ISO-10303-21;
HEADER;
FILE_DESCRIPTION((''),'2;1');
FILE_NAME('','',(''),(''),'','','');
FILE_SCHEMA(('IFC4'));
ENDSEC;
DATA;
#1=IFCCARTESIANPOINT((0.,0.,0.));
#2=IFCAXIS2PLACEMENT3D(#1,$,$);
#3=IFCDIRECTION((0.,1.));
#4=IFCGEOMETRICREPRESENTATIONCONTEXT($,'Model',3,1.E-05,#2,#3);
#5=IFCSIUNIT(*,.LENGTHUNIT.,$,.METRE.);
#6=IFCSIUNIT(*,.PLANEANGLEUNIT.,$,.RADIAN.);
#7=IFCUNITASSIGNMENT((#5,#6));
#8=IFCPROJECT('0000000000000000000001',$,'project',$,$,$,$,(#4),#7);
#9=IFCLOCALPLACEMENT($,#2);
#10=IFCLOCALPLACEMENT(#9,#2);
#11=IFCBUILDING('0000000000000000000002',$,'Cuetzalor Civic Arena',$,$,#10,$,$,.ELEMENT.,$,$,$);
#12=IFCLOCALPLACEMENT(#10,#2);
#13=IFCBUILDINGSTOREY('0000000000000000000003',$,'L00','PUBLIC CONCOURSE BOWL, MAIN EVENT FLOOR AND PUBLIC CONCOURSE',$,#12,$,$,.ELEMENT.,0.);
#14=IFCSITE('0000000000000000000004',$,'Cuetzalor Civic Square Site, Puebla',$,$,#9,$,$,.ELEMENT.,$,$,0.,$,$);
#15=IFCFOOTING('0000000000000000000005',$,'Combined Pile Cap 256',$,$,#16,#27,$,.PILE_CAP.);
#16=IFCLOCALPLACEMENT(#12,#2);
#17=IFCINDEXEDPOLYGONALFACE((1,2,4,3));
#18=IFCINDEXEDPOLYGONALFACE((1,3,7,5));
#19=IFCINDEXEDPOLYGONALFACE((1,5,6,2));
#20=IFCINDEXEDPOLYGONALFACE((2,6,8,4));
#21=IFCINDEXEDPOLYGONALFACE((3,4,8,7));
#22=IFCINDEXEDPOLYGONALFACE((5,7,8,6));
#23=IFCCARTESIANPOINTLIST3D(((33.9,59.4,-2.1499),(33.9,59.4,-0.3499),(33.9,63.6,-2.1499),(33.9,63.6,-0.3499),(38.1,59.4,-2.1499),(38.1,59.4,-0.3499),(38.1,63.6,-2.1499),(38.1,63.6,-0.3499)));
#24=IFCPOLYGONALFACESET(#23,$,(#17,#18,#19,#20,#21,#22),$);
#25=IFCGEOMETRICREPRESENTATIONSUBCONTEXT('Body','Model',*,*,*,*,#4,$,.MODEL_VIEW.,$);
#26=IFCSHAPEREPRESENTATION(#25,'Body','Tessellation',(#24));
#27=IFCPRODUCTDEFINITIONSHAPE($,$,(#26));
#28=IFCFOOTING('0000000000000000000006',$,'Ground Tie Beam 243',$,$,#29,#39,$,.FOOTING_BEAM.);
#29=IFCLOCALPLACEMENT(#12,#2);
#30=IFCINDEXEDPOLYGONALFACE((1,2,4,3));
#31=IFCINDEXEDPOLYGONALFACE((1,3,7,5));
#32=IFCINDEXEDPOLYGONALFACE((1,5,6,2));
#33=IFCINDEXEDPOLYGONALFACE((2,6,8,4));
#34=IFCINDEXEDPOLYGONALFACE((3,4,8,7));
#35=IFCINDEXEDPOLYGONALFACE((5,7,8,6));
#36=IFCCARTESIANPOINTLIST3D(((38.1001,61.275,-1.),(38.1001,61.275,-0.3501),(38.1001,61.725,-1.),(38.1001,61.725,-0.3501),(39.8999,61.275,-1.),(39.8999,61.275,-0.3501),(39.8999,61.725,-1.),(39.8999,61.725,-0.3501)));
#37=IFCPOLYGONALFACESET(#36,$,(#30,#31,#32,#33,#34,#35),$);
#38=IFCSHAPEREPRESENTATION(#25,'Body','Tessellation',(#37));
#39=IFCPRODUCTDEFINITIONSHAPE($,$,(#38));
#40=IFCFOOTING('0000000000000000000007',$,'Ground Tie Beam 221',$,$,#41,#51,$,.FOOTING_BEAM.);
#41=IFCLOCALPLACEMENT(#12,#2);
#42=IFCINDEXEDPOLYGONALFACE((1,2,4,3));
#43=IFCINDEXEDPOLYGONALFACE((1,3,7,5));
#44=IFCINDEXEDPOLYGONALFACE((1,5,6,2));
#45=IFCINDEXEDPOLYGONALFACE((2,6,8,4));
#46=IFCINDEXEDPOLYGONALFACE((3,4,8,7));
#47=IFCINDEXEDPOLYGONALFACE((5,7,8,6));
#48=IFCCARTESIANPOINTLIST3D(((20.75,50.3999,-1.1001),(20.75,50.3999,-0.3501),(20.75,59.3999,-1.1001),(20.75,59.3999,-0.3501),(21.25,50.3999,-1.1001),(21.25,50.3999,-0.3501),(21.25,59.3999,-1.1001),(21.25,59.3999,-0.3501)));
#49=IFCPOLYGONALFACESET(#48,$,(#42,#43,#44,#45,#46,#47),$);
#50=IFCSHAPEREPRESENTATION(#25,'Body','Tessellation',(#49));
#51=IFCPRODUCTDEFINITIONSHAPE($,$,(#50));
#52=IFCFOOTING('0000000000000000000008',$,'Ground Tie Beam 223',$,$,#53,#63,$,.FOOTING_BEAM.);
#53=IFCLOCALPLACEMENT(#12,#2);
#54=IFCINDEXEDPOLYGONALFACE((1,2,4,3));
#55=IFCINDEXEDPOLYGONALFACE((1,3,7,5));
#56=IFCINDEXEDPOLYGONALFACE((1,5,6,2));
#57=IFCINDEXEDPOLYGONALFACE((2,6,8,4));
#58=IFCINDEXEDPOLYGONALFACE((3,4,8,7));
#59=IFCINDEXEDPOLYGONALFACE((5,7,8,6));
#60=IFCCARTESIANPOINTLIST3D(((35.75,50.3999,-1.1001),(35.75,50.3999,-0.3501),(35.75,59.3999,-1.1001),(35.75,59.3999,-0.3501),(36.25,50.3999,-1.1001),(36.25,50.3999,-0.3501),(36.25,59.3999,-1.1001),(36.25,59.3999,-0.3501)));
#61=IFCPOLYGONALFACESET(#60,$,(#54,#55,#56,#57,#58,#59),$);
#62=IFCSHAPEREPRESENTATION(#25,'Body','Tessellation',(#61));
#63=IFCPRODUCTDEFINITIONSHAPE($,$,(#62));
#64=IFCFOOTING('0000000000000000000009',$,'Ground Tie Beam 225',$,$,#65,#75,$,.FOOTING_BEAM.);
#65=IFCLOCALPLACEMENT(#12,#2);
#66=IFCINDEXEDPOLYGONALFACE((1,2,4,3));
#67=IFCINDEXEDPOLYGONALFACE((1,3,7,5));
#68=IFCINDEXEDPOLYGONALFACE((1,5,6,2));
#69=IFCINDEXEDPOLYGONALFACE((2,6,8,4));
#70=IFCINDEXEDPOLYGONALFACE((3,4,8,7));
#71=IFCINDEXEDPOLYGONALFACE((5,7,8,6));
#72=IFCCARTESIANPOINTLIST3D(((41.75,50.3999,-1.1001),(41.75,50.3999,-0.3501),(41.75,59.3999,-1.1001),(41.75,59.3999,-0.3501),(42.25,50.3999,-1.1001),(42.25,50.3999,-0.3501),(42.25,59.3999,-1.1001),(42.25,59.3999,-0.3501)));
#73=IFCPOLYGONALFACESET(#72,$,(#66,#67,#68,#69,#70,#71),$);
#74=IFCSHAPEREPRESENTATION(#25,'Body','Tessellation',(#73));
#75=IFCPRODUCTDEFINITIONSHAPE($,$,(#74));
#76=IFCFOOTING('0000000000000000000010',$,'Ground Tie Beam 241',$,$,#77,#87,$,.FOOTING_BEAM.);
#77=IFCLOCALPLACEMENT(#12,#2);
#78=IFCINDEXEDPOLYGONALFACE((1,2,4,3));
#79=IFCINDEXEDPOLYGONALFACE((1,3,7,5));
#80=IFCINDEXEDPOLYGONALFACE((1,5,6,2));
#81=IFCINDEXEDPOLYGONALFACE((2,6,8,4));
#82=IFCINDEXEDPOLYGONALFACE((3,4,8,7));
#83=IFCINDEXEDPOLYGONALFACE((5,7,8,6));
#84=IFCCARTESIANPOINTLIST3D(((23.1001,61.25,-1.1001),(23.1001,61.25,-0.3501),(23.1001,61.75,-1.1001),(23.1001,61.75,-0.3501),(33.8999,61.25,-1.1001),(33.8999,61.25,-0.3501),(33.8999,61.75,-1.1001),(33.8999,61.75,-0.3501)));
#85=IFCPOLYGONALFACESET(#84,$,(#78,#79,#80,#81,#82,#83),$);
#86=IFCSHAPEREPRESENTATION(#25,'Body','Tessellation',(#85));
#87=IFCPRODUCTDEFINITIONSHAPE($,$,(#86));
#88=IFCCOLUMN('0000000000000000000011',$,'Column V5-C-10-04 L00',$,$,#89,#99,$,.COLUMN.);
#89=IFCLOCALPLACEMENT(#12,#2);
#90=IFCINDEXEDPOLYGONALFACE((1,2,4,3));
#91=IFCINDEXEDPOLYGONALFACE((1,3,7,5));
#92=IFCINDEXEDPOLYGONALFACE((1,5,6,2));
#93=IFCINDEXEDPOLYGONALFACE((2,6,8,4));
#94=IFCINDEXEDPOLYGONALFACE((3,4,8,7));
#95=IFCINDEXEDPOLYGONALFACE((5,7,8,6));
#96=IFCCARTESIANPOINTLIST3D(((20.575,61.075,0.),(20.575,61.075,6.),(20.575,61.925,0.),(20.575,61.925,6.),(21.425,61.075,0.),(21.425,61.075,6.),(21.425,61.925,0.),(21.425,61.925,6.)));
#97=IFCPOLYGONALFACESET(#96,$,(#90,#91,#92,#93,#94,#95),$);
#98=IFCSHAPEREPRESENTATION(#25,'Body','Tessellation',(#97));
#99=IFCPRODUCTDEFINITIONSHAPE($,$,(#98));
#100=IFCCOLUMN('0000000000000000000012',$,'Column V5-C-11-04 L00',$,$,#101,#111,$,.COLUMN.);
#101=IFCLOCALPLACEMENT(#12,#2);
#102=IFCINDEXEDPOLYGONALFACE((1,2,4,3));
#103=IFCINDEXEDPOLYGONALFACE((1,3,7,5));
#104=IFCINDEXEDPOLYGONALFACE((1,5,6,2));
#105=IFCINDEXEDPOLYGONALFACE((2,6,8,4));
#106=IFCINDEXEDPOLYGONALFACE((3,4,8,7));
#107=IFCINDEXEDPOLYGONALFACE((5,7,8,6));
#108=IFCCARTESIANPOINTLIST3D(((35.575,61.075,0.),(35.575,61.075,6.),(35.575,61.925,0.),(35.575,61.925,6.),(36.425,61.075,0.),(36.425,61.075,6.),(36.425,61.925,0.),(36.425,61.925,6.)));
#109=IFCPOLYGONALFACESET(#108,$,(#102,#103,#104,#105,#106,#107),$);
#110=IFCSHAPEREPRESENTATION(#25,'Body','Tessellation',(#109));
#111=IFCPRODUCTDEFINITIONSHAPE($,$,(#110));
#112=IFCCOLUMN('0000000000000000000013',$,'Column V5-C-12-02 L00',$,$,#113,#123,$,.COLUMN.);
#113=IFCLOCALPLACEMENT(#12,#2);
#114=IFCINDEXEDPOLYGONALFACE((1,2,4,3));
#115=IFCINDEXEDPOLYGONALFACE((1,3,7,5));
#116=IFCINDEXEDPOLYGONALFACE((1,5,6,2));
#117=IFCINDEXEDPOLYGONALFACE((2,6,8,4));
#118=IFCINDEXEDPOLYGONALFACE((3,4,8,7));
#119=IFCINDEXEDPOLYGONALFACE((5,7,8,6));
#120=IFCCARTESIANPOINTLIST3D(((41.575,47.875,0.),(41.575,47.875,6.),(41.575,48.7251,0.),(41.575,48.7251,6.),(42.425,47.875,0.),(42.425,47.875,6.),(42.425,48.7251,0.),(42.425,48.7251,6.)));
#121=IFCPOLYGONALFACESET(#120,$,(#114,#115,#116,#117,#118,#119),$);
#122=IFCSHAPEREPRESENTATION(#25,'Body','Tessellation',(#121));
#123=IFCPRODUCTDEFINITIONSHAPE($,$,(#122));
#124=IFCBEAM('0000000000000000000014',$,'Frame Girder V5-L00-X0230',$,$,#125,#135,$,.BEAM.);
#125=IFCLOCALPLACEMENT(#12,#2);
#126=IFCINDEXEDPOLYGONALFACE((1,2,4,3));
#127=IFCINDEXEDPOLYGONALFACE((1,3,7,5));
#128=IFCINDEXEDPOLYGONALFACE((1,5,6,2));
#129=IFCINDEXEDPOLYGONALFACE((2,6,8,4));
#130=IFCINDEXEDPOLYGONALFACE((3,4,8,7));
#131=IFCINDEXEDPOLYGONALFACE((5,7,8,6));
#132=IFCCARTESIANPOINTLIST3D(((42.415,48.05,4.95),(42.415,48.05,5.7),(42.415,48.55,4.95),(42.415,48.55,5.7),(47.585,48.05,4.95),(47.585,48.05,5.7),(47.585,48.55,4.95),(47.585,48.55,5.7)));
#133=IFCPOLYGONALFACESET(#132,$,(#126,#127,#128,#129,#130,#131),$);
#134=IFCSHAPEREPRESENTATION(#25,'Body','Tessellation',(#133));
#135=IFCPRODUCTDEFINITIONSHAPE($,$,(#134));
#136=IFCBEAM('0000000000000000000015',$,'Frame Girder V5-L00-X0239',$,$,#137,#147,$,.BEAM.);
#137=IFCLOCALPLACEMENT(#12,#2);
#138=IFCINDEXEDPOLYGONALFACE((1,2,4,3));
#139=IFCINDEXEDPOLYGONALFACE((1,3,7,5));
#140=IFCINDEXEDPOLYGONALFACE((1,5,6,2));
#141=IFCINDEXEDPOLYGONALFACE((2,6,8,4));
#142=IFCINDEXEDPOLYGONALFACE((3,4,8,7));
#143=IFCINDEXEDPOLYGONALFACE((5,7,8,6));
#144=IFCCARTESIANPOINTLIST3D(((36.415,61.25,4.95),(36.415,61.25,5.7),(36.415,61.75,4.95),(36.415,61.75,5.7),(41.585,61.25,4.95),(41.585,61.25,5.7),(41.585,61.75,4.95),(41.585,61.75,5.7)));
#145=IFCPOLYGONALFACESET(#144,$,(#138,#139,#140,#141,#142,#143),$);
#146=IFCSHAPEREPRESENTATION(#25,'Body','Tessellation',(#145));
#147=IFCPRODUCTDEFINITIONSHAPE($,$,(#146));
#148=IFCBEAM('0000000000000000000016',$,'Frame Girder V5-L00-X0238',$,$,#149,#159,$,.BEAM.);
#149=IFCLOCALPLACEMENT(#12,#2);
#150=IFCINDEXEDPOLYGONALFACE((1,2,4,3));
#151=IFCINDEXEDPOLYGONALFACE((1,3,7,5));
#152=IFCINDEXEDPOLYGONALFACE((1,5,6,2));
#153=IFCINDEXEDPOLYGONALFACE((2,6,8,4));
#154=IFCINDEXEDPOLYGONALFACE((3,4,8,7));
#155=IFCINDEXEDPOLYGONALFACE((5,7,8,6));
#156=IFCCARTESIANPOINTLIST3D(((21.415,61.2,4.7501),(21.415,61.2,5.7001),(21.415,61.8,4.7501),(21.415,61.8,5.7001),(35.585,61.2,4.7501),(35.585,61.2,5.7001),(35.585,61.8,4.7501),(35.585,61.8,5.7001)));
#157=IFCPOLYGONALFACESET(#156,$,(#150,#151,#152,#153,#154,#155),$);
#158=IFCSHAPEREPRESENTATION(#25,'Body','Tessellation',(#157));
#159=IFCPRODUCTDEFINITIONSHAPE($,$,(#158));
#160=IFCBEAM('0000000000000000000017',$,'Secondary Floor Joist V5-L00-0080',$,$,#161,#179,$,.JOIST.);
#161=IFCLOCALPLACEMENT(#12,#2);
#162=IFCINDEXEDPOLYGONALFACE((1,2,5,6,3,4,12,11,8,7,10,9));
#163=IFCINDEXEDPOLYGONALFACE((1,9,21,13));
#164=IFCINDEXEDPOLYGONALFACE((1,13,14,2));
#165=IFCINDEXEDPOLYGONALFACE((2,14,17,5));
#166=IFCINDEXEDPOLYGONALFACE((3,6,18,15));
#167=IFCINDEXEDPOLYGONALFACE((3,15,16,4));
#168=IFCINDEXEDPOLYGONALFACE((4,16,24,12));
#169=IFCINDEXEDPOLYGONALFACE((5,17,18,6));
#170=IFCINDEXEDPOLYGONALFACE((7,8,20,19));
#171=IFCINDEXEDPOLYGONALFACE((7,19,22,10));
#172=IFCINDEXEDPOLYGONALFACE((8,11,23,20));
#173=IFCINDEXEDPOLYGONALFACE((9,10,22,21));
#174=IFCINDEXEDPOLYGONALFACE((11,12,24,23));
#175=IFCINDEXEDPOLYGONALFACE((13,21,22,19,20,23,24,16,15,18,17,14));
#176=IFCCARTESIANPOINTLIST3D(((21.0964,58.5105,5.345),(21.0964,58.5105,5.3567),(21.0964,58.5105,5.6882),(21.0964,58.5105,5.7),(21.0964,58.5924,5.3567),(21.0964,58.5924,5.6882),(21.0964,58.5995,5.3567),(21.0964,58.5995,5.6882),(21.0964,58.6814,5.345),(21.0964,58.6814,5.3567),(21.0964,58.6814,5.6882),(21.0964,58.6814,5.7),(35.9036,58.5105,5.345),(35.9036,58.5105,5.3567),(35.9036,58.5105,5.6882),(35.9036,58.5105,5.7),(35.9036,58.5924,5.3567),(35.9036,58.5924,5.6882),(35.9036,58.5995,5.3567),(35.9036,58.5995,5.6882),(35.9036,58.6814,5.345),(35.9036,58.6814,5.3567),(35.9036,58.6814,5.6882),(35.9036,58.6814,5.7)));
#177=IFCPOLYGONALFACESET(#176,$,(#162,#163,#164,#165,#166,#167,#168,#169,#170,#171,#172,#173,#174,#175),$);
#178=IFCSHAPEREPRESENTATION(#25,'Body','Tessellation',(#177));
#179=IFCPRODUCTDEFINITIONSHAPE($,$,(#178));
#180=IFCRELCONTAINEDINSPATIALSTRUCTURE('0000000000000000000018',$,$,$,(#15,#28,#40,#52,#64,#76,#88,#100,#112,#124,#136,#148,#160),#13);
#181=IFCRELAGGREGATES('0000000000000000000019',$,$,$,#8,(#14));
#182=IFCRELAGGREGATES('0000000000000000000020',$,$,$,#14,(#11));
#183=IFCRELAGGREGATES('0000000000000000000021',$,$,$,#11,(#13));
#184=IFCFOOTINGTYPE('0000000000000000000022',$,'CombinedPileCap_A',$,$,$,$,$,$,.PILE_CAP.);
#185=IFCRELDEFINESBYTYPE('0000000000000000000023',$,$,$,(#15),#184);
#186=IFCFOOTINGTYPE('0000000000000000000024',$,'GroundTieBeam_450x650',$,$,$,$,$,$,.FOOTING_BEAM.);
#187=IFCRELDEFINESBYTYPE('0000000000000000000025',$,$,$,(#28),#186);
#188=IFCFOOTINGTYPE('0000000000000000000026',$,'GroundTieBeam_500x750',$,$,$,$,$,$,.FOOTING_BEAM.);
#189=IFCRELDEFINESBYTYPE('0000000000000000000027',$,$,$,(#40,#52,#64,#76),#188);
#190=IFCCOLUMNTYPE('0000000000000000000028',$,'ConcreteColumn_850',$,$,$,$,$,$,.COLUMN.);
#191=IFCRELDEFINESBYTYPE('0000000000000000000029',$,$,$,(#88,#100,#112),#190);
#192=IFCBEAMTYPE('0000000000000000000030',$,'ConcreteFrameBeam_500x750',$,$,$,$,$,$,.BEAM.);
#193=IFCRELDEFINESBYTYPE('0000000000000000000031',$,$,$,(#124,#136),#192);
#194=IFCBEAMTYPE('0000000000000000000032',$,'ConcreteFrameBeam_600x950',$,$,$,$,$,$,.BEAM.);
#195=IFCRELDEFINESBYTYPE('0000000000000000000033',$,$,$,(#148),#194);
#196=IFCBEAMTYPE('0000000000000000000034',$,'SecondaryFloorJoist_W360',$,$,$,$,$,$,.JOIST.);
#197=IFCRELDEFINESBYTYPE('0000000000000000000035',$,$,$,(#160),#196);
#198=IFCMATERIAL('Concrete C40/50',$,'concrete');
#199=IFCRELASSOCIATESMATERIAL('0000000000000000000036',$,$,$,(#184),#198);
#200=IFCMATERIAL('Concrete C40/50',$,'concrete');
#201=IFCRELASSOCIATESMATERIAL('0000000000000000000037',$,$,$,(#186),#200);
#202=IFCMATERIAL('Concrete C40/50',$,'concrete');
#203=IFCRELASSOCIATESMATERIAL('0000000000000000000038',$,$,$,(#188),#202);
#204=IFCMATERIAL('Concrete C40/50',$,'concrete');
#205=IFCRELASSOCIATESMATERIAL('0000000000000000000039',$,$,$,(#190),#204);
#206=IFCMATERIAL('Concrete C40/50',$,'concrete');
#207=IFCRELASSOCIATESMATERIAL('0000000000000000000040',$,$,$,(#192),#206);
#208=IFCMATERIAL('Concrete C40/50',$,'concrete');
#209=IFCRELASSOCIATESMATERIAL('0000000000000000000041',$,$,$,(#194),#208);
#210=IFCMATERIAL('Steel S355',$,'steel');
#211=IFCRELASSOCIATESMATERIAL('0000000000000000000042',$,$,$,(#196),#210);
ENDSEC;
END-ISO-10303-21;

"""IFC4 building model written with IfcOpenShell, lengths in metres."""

from ifc_helpers import new_model, si_unit, direction, frame, origin, origin_2d, place, context, subcontext, project, spatial, rectangle, i_section, extrude, material, material_profile, profile_set, type_object, element, save


model = new_model("IFC4")

# Units and contexts
model_context = context("Model", 3, precision=1e-05, world=origin(), true_north=direction((0.0, 1.0)))
body_context = subcontext(model_context, "Body", "Model", "MODEL_VIEW")
ifc_project = project(units=[si_unit("LENGTHUNIT", "METRE"), si_unit("PLANEANGLEUNIT", "RADIAN")], contexts=[model_context])

# Site, building, storey
site_placement = place(None, origin())
site = spatial("IfcSite", under=ifc_project, at=site_placement, Name="Cuetzalor Civic Square Site, Puebla", CompositionType="ELEMENT", RefElevation=0.0)
building_placement = place(site_placement, origin())
building = spatial("IfcBuilding", under=site, at=building_placement, Name="Cuetzalor Civic Arena", CompositionType="ELEMENT")
storey_placement = place(building_placement, origin())
storey = spatial("IfcBuildingStorey", under=building, at=storey_placement, Name="L00", Description="PUBLIC CONCOURSE BOWL, MAIN EVENT FLOOR AND PUBLIC CONCOURSE", CompositionType="ELEMENT", Elevation=0.0)

# Footings
ifc_material_1 = material(Name="Concrete C40/50", Category="concrete")
footing_type_1 = type_object("IfcFootingType", Name="CombinedPileCap_A", PredefinedType="PILE_CAP", material=ifc_material_1)
for number, where, z_axis, x_axis, name in (
    (1, (36.0, 61.5, -2.1499), (0.0, 0.0, 1.0), (1.0, 0.0, 0.0), "Combined Pile Cap 256"),
):
    element("IfcFooting", number, at=place(storey_placement, frame(where, z_axis=z_axis, x_axis=x_axis)), inside=storey, type_object=footing_type_1, Name=name, PredefinedType="PILE_CAP", context=body_context, shape_type="SweptSolid", body=[
        extrude(rectangle(XDim=4.2, YDim=4.2, at=origin_2d()), origin(), (0.0, 0.0, 1.0), 1.8),
    ])
ifc_material_2 = material(Name="Concrete C40/50", Category="concrete")
ifc_material_profile_1 = material_profile(ifc_material_2, rectangle(XDim=0.45, YDim=0.6499, at=origin_2d()), Name="RC 450x650")
ifc_profile_set_1 = profile_set([ifc_material_profile_1], Name="Concrete C40/50")
footing_type_2 = type_object("IfcFootingType", Name="GroundTieBeam_450x650", PredefinedType="FOOTING_BEAM", material=ifc_profile_set_1)
footing_1_placement = place(storey_placement, frame((38.1001, 61.5, -0.675), z_axis=(1.0, 0.0, 0.0), x_axis=(0.0, 1.0, 0.0)))
element("IfcFooting", 2, at=footing_1_placement, inside=storey, type_object=footing_type_2, Name="Ground Tie Beam 243", PredefinedType="FOOTING_BEAM", context=body_context, shape_type="SweptSolid", body=[
    extrude(rectangle(XDim=0.45, YDim=0.6499, at=origin_2d()), origin(), (0.0, 0.0, 1.0), 1.7998),
])
ifc_material_3 = material(Name="Concrete C40/50", Category="concrete")
ifc_material_profile_2 = material_profile(ifc_material_3, rectangle(XDim=0.5, YDim=0.75, at=origin_2d()), Name="RC 500x750")
ifc_profile_set_2 = profile_set([ifc_material_profile_2], Name="Concrete C40/50")
footing_type_3 = type_object("IfcFootingType", Name="GroundTieBeam_500x750", PredefinedType="FOOTING_BEAM", material=ifc_profile_set_2)
for number, where, z_axis, x_axis, name in (
    (3, (21.0, 50.3999, -0.7251), (0.0, 1.0, 0.0), (-1.0, 0.0, 0.0), "Ground Tie Beam 221"),
    (4, (36.0, 50.3999, -0.7251), (0.0, 1.0, 0.0), (-1.0, 0.0, 0.0), "Ground Tie Beam 223"),
    (5, (42.0, 50.3999, -0.7251), (0.0, 1.0, 0.0), (-1.0, 0.0, 0.0), "Ground Tie Beam 225"),
):
    element("IfcFooting", number, at=place(storey_placement, frame(where, z_axis=z_axis, x_axis=x_axis)), inside=storey, type_object=footing_type_3, Name=name, PredefinedType="FOOTING_BEAM", context=body_context, shape_type="SweptSolid", body=[
        extrude(rectangle(XDim=0.5, YDim=0.75, at=origin_2d()), origin(), (0.0, 0.0, 1.0), 9.0),
    ])
footing_2_placement = place(storey_placement, frame((23.1001, 61.5, -0.7251), z_axis=(1.0, 0.0, 0.0), x_axis=(0.0, 1.0, 0.0)))
element("IfcFooting", 6, at=footing_2_placement, inside=storey, type_object=footing_type_3, Name="Ground Tie Beam 241", PredefinedType="FOOTING_BEAM", context=body_context, shape_type="SweptSolid", body=[
    extrude(rectangle(XDim=0.5, YDim=0.75, at=origin_2d()), origin(), (0.0, 0.0, 1.0), 10.7998),
])

# Columns
ifc_material_4 = material(Name="Concrete C40/50", Category="concrete")
ifc_material_profile_3 = material_profile(ifc_material_4, rectangle(XDim=0.8501, YDim=0.8501, at=origin_2d()), Name="RC 850x850")
ifc_profile_set_3 = profile_set([ifc_material_profile_3], Name="Concrete C40/50")
column_type = type_object("IfcColumnType", Name="ConcreteColumn_850", PredefinedType="COLUMN", material=ifc_profile_set_3)
for number, where, z_axis, x_axis, name in (
    (7, (21.0, 61.5, 0.0), (0.0, 0.0, 1.0), (1.0, 0.0, 0.0), "Column V5-C-10-04 L00"),
    (8, (36.0, 61.5, 0.0), (0.0, 0.0, 1.0), (1.0, 0.0, 0.0), "Column V5-C-11-04 L00"),
    (9, (42.0, 48.3, 0.0), (0.0, 0.0, 1.0), (1.0, 0.0, 0.0), "Column V5-C-12-02 L00"),
):
    element("IfcColumn", number, at=place(storey_placement, frame(where, z_axis=z_axis, x_axis=x_axis)), inside=storey, type_object=column_type, Name=name, PredefinedType="COLUMN", context=body_context, shape_type="SweptSolid", body=[
        extrude(rectangle(XDim=0.8501, YDim=0.8501, at=origin_2d()), origin(), (0.0, 0.0, 1.0), 6.0),
    ])

# Beams
ifc_material_5 = material(Name="Concrete C40/50", Category="concrete")
ifc_material_profile_4 = material_profile(ifc_material_5, rectangle(XDim=0.5, YDim=0.75, at=origin_2d()), Name="RC 500x750")
ifc_profile_set_4 = profile_set([ifc_material_profile_4], Name="Concrete C40/50")
beam_type_1 = type_object("IfcBeamType", Name="ConcreteFrameBeam_500x750", PredefinedType="BEAM", material=ifc_profile_set_4)
for number, where, z_axis, x_axis, name in (
    (10, (42.415, 48.3, 5.325), (1.0, 0.0, 0.0), (0.0, 1.0, 0.0), "Frame Girder V5-L00-X0230"),
    (11, (36.415, 61.5, 5.325), (1.0, 0.0, 0.0), (0.0, 1.0, 0.0), "Frame Girder V5-L00-X0239"),
):
    element("IfcBeam", number, at=place(storey_placement, frame(where, z_axis=z_axis, x_axis=x_axis)), inside=storey, type_object=beam_type_1, Name=name, PredefinedType="BEAM", context=body_context, shape_type="SweptSolid", body=[
        extrude(rectangle(XDim=0.5, YDim=0.75, at=origin_2d()), origin(), (0.0, 0.0, 1.0), 5.1699),
    ])
ifc_material_6 = material(Name="Concrete C40/50", Category="concrete")
ifc_material_profile_5 = material_profile(ifc_material_6, rectangle(XDim=0.6001, YDim=0.95, at=origin_2d()), Name="RC 600x950")
ifc_profile_set_5 = profile_set([ifc_material_profile_5], Name="Concrete C40/50")
beam_type_2 = type_object("IfcBeamType", Name="ConcreteFrameBeam_600x950", PredefinedType="BEAM", material=ifc_profile_set_5)
beam_1_placement = place(storey_placement, frame((21.415, 61.5, 5.2251), z_axis=(1.0, 0.0, 0.0), x_axis=(0.0, 1.0, 0.0)))
element("IfcBeam", 12, at=beam_1_placement, inside=storey, type_object=beam_type_2, Name="Frame Girder V5-L00-X0238", PredefinedType="BEAM", context=body_context, shape_type="SweptSolid", body=[
    extrude(rectangle(XDim=0.6001, YDim=0.95, at=origin_2d()), origin(), (0.0, 0.0, 1.0), 14.1699),
])
ifc_material_7 = material(Name="Steel S355", Category="steel")
ifc_material_profile_6 = material_profile(ifc_material_7, i_section(OverallWidth=0.1709, OverallDepth=0.355, WebThickness=0.0071, FlangeThickness=0.0117, at=origin_2d()), Name="W360x51")
ifc_profile_set_6 = profile_set([ifc_material_profile_6], Name="Steel S355")
beam_type_3 = type_object("IfcBeamType", Name="SecondaryFloorJoist_W360", PredefinedType="JOIST", material=ifc_profile_set_6)
beam_2_placement = place(storey_placement, frame((21.0964, 58.5959, 5.5225), z_axis=(1.0, 0.0, 0.0), x_axis=(0.0, 1.0, 0.0)))
element("IfcBeam", 13, at=beam_2_placement, inside=storey, type_object=beam_type_3, Name="Secondary Floor Joist V5-L00-0080", PredefinedType="JOIST", context=body_context, shape_type="SweptSolid", body=[
    extrude(i_section(OverallWidth=0.1709, OverallDepth=0.355, WebThickness=0.0071, FlangeThickness=0.0117, at=origin_2d()), origin(), (0.0, 0.0, 1.0), 14.8071),
])

save(model, "model.ifc")
